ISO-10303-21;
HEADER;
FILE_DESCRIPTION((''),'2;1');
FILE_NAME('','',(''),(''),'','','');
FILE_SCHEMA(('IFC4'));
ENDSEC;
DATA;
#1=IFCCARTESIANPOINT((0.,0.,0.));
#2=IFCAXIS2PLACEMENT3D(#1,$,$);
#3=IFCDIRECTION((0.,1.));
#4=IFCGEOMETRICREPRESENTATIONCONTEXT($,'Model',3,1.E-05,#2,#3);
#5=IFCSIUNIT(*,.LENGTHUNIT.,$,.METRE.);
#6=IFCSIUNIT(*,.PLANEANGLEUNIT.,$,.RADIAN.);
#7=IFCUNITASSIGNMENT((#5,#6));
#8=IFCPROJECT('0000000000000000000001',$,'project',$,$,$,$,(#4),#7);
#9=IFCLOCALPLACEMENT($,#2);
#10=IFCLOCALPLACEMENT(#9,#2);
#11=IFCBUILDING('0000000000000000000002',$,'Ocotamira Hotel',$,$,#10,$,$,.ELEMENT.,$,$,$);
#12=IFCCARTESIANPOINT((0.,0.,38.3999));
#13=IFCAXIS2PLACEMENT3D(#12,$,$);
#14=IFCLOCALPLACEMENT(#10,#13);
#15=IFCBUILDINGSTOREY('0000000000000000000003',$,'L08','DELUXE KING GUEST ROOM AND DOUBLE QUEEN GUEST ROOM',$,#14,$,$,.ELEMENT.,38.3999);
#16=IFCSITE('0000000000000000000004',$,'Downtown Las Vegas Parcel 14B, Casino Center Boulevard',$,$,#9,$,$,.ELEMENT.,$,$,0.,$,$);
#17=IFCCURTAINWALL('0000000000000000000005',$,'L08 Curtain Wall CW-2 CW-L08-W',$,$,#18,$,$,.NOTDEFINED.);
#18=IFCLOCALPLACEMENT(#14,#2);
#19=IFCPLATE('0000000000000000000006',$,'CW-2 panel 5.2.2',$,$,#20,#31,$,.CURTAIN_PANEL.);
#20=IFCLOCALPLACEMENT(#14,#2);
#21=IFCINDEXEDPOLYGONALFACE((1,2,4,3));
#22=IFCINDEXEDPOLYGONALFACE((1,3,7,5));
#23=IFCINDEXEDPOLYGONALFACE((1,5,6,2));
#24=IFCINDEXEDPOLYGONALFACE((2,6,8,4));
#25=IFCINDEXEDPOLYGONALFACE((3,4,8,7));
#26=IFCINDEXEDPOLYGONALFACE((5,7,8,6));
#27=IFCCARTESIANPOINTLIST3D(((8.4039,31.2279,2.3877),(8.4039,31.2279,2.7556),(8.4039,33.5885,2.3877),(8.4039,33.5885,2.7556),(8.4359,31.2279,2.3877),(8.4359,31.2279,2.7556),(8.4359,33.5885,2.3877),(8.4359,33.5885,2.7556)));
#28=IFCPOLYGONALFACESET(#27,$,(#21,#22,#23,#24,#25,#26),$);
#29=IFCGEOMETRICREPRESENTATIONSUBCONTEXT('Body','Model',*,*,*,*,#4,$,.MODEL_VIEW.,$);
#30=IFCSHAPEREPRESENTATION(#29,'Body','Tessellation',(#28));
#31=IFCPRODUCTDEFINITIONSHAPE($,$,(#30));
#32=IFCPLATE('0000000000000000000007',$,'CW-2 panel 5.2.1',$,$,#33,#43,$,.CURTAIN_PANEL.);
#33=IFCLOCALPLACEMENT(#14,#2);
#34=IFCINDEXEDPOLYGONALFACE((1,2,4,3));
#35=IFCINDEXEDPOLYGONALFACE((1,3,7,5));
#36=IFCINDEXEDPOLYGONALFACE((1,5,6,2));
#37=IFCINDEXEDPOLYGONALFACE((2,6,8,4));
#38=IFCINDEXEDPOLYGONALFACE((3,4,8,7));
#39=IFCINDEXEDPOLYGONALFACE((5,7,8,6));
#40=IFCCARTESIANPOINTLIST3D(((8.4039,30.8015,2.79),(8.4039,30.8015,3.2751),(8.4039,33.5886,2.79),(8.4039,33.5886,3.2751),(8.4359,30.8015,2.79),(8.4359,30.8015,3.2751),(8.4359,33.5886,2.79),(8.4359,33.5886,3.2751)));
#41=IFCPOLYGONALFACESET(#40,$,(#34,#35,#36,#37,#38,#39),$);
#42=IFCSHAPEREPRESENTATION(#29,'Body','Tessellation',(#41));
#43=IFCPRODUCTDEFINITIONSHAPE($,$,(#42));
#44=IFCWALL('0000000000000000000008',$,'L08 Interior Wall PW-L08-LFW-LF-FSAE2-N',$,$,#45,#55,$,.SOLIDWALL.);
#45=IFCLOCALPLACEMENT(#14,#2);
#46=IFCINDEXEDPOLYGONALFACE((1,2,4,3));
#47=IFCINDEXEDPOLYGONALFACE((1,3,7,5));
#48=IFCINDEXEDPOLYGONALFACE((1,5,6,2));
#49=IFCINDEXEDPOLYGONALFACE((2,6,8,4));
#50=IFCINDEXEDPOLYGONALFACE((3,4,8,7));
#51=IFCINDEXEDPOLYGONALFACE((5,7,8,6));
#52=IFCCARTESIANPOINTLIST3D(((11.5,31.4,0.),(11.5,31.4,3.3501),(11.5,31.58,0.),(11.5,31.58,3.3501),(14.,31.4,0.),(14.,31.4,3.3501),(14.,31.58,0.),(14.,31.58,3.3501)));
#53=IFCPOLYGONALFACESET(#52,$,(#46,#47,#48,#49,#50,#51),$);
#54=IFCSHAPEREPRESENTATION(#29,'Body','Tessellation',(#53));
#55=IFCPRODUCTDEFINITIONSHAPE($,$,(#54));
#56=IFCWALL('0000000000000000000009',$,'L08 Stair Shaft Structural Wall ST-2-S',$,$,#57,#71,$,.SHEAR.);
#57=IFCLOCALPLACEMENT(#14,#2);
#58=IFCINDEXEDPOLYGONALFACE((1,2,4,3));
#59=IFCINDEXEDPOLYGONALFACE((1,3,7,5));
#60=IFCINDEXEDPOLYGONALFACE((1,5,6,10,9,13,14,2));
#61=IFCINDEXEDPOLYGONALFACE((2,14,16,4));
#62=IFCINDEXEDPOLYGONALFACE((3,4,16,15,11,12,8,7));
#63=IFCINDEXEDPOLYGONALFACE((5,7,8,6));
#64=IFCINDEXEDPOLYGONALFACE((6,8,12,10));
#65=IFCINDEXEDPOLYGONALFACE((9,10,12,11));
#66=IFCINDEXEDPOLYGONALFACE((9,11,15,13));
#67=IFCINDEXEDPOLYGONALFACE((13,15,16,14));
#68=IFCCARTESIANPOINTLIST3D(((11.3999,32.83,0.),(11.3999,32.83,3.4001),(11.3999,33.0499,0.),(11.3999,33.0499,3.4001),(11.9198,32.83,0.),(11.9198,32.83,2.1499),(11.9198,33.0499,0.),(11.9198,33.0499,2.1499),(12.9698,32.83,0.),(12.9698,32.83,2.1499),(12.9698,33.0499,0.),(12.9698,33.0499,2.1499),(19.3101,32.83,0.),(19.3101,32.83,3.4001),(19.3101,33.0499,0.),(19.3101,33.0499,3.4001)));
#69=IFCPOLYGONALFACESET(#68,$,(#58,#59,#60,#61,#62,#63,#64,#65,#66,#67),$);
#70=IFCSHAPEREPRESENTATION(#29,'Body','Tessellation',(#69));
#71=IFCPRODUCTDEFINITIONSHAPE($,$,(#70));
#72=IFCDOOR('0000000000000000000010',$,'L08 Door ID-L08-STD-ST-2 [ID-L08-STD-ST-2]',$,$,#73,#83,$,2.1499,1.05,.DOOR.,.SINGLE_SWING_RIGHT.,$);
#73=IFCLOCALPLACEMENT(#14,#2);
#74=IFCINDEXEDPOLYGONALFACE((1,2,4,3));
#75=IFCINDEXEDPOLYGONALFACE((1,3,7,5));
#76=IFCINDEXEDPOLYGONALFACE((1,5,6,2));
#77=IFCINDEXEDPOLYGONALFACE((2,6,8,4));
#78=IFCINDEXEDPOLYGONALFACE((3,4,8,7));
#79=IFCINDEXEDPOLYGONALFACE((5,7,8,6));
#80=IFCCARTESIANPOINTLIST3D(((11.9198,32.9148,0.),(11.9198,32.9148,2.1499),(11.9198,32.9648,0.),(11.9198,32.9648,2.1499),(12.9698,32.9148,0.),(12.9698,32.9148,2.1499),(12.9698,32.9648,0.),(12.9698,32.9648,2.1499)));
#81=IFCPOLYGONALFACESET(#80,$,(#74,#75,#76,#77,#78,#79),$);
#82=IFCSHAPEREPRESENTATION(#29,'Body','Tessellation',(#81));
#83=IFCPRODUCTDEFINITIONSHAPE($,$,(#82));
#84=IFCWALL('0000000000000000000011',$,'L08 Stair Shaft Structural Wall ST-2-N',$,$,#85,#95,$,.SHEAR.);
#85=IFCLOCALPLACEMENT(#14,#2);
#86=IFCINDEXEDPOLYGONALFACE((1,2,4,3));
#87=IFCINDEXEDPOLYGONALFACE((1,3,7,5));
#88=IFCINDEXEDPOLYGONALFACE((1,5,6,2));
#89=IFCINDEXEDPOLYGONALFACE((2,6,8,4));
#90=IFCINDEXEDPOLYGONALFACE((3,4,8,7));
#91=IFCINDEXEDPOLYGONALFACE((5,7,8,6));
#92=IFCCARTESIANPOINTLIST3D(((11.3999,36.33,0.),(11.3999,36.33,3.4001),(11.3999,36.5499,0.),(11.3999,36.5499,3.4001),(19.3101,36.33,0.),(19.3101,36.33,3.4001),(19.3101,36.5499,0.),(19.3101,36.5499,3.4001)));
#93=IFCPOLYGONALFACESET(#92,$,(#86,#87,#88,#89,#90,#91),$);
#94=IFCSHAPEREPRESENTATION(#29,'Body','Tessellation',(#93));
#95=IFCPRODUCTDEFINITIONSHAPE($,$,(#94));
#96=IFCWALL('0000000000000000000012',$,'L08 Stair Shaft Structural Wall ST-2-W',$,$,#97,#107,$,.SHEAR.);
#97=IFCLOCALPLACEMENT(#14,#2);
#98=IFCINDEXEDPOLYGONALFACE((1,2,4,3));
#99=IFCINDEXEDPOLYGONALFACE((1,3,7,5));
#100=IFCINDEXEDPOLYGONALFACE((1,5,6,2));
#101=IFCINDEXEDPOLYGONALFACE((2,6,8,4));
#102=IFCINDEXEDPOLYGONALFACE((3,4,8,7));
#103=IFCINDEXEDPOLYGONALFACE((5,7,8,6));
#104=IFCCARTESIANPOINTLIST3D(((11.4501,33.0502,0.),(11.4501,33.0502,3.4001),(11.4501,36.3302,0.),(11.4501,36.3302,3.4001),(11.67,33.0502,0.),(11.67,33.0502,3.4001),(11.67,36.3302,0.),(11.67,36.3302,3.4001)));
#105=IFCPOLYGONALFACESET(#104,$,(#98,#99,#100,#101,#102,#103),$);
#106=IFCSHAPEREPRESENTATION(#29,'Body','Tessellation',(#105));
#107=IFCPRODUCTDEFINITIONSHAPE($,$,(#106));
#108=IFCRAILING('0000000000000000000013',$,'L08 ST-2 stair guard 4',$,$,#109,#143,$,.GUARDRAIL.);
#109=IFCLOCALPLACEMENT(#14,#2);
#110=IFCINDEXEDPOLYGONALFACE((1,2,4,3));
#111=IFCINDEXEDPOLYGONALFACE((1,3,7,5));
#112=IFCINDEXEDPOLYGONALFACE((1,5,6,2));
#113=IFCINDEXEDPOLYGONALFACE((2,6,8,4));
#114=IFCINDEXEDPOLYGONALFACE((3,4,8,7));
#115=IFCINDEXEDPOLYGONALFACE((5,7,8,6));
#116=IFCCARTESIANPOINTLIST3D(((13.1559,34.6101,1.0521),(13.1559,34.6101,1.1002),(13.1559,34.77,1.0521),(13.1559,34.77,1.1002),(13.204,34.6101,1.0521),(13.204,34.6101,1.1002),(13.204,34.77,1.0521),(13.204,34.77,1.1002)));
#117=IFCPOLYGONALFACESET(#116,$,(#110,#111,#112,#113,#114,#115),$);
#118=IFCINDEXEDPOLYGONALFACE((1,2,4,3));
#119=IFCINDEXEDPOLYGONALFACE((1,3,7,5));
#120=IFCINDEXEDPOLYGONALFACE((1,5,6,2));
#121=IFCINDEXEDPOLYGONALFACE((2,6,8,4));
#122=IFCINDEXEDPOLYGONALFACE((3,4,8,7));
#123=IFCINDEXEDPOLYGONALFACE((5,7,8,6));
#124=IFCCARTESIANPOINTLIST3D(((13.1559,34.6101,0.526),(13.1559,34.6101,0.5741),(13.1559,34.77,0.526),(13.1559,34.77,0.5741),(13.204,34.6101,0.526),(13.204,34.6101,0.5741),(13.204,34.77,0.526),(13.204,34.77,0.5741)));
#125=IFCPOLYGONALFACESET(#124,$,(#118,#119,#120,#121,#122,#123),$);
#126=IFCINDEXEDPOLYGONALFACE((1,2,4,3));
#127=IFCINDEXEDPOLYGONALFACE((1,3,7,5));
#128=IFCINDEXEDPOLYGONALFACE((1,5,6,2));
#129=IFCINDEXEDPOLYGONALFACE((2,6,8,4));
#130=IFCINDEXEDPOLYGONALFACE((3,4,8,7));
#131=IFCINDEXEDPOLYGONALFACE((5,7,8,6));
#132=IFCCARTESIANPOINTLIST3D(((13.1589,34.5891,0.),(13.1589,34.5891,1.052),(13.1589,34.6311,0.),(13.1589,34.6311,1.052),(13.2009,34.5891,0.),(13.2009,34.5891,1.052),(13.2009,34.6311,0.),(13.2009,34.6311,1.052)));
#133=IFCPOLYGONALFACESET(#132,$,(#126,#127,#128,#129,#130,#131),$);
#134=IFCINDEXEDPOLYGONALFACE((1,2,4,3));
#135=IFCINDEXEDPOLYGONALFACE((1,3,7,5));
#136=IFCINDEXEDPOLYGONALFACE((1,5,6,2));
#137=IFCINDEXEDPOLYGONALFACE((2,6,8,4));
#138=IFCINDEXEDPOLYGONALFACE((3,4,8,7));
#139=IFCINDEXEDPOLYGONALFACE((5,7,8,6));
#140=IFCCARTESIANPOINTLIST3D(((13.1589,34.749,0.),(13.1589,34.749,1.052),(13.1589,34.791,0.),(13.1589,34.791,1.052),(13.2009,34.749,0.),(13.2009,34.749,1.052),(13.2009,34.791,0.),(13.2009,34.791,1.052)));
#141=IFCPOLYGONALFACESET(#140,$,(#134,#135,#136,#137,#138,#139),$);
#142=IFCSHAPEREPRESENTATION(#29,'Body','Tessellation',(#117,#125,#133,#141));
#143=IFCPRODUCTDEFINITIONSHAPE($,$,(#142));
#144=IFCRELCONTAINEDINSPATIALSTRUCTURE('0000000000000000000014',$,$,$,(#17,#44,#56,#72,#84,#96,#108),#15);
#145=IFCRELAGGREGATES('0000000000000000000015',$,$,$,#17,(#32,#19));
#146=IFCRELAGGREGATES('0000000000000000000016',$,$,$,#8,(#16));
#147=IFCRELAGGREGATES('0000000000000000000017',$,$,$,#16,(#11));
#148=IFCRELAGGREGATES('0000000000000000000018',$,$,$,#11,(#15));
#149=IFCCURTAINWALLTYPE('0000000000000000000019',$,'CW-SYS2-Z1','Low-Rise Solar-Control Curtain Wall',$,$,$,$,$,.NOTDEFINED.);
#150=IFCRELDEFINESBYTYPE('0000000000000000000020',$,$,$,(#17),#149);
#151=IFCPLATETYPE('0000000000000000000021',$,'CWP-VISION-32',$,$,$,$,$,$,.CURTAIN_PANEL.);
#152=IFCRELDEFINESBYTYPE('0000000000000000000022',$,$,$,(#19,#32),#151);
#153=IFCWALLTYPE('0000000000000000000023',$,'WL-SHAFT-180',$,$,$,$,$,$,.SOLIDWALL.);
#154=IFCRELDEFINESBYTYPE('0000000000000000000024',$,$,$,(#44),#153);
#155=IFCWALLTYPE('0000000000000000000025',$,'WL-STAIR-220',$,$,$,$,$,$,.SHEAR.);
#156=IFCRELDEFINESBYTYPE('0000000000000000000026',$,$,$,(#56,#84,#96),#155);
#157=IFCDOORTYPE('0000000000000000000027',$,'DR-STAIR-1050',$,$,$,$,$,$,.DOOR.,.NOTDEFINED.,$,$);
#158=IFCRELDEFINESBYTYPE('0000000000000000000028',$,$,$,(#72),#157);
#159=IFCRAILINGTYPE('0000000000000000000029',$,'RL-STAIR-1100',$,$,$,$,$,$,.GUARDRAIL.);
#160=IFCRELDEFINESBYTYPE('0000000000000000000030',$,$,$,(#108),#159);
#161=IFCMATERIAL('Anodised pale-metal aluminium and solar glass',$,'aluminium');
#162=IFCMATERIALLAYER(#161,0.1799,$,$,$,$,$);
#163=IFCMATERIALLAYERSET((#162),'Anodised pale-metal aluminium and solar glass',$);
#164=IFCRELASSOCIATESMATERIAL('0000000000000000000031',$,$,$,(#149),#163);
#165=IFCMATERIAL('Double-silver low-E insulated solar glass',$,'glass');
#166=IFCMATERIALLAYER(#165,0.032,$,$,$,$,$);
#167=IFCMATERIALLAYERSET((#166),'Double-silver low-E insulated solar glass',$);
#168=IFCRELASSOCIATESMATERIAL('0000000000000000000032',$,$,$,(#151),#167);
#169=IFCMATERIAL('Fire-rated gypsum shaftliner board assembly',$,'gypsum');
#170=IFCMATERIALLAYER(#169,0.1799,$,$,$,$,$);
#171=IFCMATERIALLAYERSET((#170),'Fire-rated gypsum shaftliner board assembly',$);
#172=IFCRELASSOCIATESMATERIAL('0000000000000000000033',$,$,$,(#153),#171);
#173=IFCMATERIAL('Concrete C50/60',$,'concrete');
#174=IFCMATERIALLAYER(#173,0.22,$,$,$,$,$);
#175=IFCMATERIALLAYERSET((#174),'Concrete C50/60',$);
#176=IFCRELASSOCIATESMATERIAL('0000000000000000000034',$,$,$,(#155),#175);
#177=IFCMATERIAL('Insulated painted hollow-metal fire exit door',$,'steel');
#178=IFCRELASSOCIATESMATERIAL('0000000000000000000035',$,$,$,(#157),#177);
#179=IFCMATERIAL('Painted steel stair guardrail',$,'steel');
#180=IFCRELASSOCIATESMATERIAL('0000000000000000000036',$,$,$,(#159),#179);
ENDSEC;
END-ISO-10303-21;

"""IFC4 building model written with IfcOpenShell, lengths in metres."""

from ifc_helpers import new_model, si_unit, direction, frame, frame_2d, origin, origin_2d, place, context, subcontext, project, spatial, rectangle, extrude, source, transform, mapped, material, layer, layer_set, type_object, element, fill, aggregate, save


model = new_model("IFC4")

# Units and contexts
model_context = context("Model", 3, precision=1e-05, world=origin(), true_north=direction((0.0, 1.0)))
body_context = subcontext(model_context, "Body", "Model", "MODEL_VIEW")
ifc_project = project(units=[si_unit("LENGTHUNIT", "METRE"), si_unit("PLANEANGLEUNIT", "RADIAN")], contexts=[model_context])

# Site, building, storey
site_placement = place(None, origin())
site = spatial("IfcSite", under=ifc_project, at=site_placement, Name="Downtown Las Vegas Parcel 14B, Casino Center Boulevard", CompositionType="ELEMENT", RefElevation=0.0)
building_placement = place(site_placement, origin())
building = spatial("IfcBuilding", under=site, at=building_placement, Name="Ocotamira Hotel", CompositionType="ELEMENT")
storey_placement = place(building_placement, frame((0.0, 0.0, 38.3999)))
storey = spatial("IfcBuildingStorey", under=building, at=storey_placement, Name="L08", Description="DELUXE KING GUEST ROOM AND DOUBLE QUEEN GUEST ROOM", CompositionType="ELEMENT", Elevation=38.3999)

# Curtain wall, plates
ifc_material_1 = material(Name="Anodised pale-metal aluminium and solar glass", Category="aluminium")
ifc_layer_1 = layer(ifc_material_1, 0.1799)
ifc_layer_set_1 = layer_set([ifc_layer_1], Name="Anodised pale-metal aluminium and solar glass")
curtain_wall_type = type_object("IfcCurtainWallType", Name="CW-SYS2-Z1", Description="Low-Rise Solar-Control Curtain Wall", PredefinedType="NOTDEFINED", material=ifc_layer_set_1)
curtain_wall_placement = place(storey_placement, origin())
curtain_wall = element("IfcCurtainWall", 1, at=curtain_wall_placement, inside=storey, type_object=curtain_wall_type, Name="L08 Curtain Wall CW-2 CW-L08-W", PredefinedType="NOTDEFINED")
ifc_material_2 = material(Name="Double-silver low-E insulated solar glass", Category="glass")
ifc_layer_2 = layer(ifc_material_2, 0.032)
ifc_layer_set_2 = layer_set([ifc_layer_2], Name="Double-silver low-E insulated solar glass")
plate_type = type_object("IfcPlateType", Name="CWP-VISION-32", PredefinedType="CURTAIN_PANEL", material=ifc_layer_set_2)
shared_shape_1 = source(origin(), body_context, "Body", "SweptSolid", [
    extrude(rectangle(XDim=2.3606, YDim=0.032, at=origin_2d()), origin(), (0.0, 0.0, 1.0), 0.3679),
])
plate_1_placement = place(storey_placement, frame((8.4199, 32.4082, 2.3877), z_axis=(0.0, 0.0, 1.0), x_axis=(0.0, 1.0, 0.0)))
plate_1 = element("IfcPlate", 2, at=plate_1_placement, type_object=plate_type, Name="CW-2 panel 5.2.2", PredefinedType="CURTAIN_PANEL", context=body_context, shape_type="MappedRepresentation", body=[
    mapped(shared_shape_1, transform((0.0, 0.0, 0.0), scale=1.0)),
])
shared_shape_2 = source(origin(), body_context, "Body", "SweptSolid", [
    extrude(rectangle(XDim=2.7871, YDim=0.032, at=origin_2d()), origin(), (0.0, 0.0, 1.0), 0.4851),
])
plate_2_placement = place(storey_placement, frame((8.4199, 32.1951, 2.79), z_axis=(0.0, 0.0, 1.0), x_axis=(0.0, 1.0, 0.0)))
plate_2 = element("IfcPlate", 3, at=plate_2_placement, type_object=plate_type, Name="CW-2 panel 5.2.1", PredefinedType="CURTAIN_PANEL", context=body_context, shape_type="MappedRepresentation", body=[
    mapped(shared_shape_2, transform((0.0, 0.0, 0.0), scale=1.0)),
])
aggregate(curtain_wall, [plate_2, plate_1])

# Wall
ifc_material_3 = material(Name="Fire-rated gypsum shaftliner board assembly", Category="gypsum")
ifc_layer_3 = layer(ifc_material_3, 0.1799)
ifc_layer_set_3 = layer_set([ifc_layer_3], Name="Fire-rated gypsum shaftliner board assembly")
wall_type_1 = type_object("IfcWallType", Name="WL-SHAFT-180", PredefinedType="SOLIDWALL", material=ifc_layer_set_3)
wall_1_placement = place(storey_placement, frame((11.5, 31.49, 0.0), z_axis=(0.0, 0.0, 1.0), x_axis=(1.0, 0.0, 0.0)))
element("IfcWall", 4, at=wall_1_placement, inside=storey, type_object=wall_type_1, Name="L08 Interior Wall PW-L08-LFW-LF-FSAE2-N", PredefinedType="SOLIDWALL", context=body_context, shape_type="SweptSolid", body=[
    extrude(rectangle(XDim=2.5, YDim=0.1799, at=frame_2d((1.25, 0.0))), origin(), (0.0, 0.0, 1.0), 3.3501),
])

# Wall, opening, door
ifc_material_4 = material(Name="Concrete C50/60", Category="concrete")
ifc_layer_4 = layer(ifc_material_4, 0.22)
ifc_layer_set_4 = layer_set([ifc_layer_4], Name="Concrete C50/60")
wall_type_2 = type_object("IfcWallType", Name="WL-STAIR-220", PredefinedType="SHEAR", material=ifc_layer_set_4)
wall_2_placement = place(storey_placement, frame((11.3999, 32.9399, 0.0), z_axis=(0.0, 0.0, 1.0), x_axis=(1.0, 0.0, 0.0)))
wall_2 = element("IfcWall", 5, at=wall_2_placement, inside=storey, type_object=wall_type_2, Name="L08 Stair Shaft Structural Wall ST-2-S", PredefinedType="SHEAR", context=body_context, shape_type="SweptSolid", body=[
    extrude(rectangle(XDim=7.9102, YDim=0.22, at=frame_2d((3.9551, 0.0))), origin(), (0.0, 0.0, 1.0), 3.4001),
])
opening_1_placement = place(wall_2_placement, frame((0.52, 0.0, 0.0)))
opening_1 = element("IfcOpeningElement", 6, at=opening_1_placement, cuts=wall_2, PredefinedType="OPENING", context=body_context, shape_type="SweptSolid", body=[
    extrude(rectangle(XDim=1.05, YDim=2.1499, at=frame_2d((0.5249, 1.075))), frame((0.0, 0.1201, 0.0), z_axis=(0.0, -1.0, 0.0), x_axis=(1.0, 0.0, 0.0)), (0.0, 0.0, 1.0), 0.24),
])
ifc_material_5 = material(Name="Insulated painted hollow-metal fire exit door", Category="steel")
door_type_1 = type_object("IfcDoorType", Name="DR-STAIR-1050", OperationType="NOTDEFINED", PredefinedType="DOOR", material=ifc_material_5)
shared_shape_3 = source(origin(), body_context, "Body", "SweptSolid", [
    extrude(rectangle(XDim=1.05, YDim=2.1499, at=frame_2d((0.5249, 1.075))), frame((0.0, 0.0249, 0.0), z_axis=(0.0, -1.0, 0.0), x_axis=(1.0, 0.0, 0.0)), (0.0, 0.0, 1.0), 0.05),
])
door_1_placement = place(opening_1_placement, origin())
door_1 = element("IfcDoor", 7, at=door_1_placement, inside=storey, type_object=door_type_1, Name="L08 Door ID-L08-STD-ST-2 [ID-L08-STD-ST-2]", OperationType="SINGLE_SWING_RIGHT", OverallHeight=2.1499, OverallWidth=1.05, PredefinedType="DOOR", context=body_context, shape_type="MappedRepresentation", body=[
    mapped(shared_shape_3, transform((0.0, 0.0, 0.0), scale=1.0)),
])
fill(opening_1, door_1)

# Walls
wall_3_placement = place(storey_placement, frame((11.3999, 36.4399, 0.0), z_axis=(0.0, 0.0, 1.0), x_axis=(1.0, 0.0, 0.0)))
element("IfcWall", 8, at=wall_3_placement, inside=storey, type_object=wall_type_2, Name="L08 Stair Shaft Structural Wall ST-2-N", PredefinedType="SHEAR", context=body_context, shape_type="SweptSolid", body=[
    extrude(rectangle(XDim=7.9102, YDim=0.22, at=frame_2d((3.9551, 0.0))), origin(), (0.0, 0.0, 1.0), 3.4001),
])
wall_4_placement = place(storey_placement, frame((11.5601, 33.05, 0.0), z_axis=(0.0, 0.0, 1.0), x_axis=(0.0, 1.0, 0.0)))
element("IfcWall", 9, at=wall_4_placement, inside=storey, type_object=wall_type_2, Name="L08 Stair Shaft Structural Wall ST-2-W", PredefinedType="SHEAR", context=body_context, shape_type="SweptSolid", body=[
    extrude(rectangle(XDim=3.28, YDim=0.22, at=frame_2d((1.6401, 0.0))), origin(), (0.0, 0.0, 1.0), 3.4001),
])

# Railing
ifc_material_6 = material(Name="Painted steel stair guardrail", Category="steel")
railing_type = type_object("IfcRailingType", Name="RL-STAIR-1100", PredefinedType="GUARDRAIL", material=ifc_material_6)
railing_placement = place(storey_placement, frame((13.1799, 34.6101, 0.0)))
element("IfcRailing", 10, at=railing_placement, inside=storey, type_object=railing_type, Name="L08 ST-2 stair guard 4", PredefinedType="GUARDRAIL", context=body_context, shape_type="SweptSolid", body=[
    extrude(rectangle(XDim=0.0481, YDim=0.0481, at=origin_2d()), frame((0.0, 0.0, 1.0762), z_axis=(0.0, 1.0, 0.0), x_axis=(-1.0, 0.0, 0.0)), (0.0, 0.0, 1.0), 0.1599),
    extrude(rectangle(XDim=0.0481, YDim=0.0481, at=origin_2d()), frame((0.0, 0.0, 0.55), z_axis=(0.0, 1.0, 0.0), x_axis=(-1.0, 0.0, 0.0)), (0.0, 0.0, 1.0), 0.1599),
    extrude(rectangle(XDim=0.042, YDim=0.042, at=origin_2d()), origin(), (0.0, 0.0, 1.0), 1.052),
    extrude(rectangle(XDim=0.042, YDim=0.042, at=origin_2d()), frame((0.0, 0.1599, 0.0)), (0.0, 0.0, 1.0), 1.052),
])

save(model, "model.ifc")
